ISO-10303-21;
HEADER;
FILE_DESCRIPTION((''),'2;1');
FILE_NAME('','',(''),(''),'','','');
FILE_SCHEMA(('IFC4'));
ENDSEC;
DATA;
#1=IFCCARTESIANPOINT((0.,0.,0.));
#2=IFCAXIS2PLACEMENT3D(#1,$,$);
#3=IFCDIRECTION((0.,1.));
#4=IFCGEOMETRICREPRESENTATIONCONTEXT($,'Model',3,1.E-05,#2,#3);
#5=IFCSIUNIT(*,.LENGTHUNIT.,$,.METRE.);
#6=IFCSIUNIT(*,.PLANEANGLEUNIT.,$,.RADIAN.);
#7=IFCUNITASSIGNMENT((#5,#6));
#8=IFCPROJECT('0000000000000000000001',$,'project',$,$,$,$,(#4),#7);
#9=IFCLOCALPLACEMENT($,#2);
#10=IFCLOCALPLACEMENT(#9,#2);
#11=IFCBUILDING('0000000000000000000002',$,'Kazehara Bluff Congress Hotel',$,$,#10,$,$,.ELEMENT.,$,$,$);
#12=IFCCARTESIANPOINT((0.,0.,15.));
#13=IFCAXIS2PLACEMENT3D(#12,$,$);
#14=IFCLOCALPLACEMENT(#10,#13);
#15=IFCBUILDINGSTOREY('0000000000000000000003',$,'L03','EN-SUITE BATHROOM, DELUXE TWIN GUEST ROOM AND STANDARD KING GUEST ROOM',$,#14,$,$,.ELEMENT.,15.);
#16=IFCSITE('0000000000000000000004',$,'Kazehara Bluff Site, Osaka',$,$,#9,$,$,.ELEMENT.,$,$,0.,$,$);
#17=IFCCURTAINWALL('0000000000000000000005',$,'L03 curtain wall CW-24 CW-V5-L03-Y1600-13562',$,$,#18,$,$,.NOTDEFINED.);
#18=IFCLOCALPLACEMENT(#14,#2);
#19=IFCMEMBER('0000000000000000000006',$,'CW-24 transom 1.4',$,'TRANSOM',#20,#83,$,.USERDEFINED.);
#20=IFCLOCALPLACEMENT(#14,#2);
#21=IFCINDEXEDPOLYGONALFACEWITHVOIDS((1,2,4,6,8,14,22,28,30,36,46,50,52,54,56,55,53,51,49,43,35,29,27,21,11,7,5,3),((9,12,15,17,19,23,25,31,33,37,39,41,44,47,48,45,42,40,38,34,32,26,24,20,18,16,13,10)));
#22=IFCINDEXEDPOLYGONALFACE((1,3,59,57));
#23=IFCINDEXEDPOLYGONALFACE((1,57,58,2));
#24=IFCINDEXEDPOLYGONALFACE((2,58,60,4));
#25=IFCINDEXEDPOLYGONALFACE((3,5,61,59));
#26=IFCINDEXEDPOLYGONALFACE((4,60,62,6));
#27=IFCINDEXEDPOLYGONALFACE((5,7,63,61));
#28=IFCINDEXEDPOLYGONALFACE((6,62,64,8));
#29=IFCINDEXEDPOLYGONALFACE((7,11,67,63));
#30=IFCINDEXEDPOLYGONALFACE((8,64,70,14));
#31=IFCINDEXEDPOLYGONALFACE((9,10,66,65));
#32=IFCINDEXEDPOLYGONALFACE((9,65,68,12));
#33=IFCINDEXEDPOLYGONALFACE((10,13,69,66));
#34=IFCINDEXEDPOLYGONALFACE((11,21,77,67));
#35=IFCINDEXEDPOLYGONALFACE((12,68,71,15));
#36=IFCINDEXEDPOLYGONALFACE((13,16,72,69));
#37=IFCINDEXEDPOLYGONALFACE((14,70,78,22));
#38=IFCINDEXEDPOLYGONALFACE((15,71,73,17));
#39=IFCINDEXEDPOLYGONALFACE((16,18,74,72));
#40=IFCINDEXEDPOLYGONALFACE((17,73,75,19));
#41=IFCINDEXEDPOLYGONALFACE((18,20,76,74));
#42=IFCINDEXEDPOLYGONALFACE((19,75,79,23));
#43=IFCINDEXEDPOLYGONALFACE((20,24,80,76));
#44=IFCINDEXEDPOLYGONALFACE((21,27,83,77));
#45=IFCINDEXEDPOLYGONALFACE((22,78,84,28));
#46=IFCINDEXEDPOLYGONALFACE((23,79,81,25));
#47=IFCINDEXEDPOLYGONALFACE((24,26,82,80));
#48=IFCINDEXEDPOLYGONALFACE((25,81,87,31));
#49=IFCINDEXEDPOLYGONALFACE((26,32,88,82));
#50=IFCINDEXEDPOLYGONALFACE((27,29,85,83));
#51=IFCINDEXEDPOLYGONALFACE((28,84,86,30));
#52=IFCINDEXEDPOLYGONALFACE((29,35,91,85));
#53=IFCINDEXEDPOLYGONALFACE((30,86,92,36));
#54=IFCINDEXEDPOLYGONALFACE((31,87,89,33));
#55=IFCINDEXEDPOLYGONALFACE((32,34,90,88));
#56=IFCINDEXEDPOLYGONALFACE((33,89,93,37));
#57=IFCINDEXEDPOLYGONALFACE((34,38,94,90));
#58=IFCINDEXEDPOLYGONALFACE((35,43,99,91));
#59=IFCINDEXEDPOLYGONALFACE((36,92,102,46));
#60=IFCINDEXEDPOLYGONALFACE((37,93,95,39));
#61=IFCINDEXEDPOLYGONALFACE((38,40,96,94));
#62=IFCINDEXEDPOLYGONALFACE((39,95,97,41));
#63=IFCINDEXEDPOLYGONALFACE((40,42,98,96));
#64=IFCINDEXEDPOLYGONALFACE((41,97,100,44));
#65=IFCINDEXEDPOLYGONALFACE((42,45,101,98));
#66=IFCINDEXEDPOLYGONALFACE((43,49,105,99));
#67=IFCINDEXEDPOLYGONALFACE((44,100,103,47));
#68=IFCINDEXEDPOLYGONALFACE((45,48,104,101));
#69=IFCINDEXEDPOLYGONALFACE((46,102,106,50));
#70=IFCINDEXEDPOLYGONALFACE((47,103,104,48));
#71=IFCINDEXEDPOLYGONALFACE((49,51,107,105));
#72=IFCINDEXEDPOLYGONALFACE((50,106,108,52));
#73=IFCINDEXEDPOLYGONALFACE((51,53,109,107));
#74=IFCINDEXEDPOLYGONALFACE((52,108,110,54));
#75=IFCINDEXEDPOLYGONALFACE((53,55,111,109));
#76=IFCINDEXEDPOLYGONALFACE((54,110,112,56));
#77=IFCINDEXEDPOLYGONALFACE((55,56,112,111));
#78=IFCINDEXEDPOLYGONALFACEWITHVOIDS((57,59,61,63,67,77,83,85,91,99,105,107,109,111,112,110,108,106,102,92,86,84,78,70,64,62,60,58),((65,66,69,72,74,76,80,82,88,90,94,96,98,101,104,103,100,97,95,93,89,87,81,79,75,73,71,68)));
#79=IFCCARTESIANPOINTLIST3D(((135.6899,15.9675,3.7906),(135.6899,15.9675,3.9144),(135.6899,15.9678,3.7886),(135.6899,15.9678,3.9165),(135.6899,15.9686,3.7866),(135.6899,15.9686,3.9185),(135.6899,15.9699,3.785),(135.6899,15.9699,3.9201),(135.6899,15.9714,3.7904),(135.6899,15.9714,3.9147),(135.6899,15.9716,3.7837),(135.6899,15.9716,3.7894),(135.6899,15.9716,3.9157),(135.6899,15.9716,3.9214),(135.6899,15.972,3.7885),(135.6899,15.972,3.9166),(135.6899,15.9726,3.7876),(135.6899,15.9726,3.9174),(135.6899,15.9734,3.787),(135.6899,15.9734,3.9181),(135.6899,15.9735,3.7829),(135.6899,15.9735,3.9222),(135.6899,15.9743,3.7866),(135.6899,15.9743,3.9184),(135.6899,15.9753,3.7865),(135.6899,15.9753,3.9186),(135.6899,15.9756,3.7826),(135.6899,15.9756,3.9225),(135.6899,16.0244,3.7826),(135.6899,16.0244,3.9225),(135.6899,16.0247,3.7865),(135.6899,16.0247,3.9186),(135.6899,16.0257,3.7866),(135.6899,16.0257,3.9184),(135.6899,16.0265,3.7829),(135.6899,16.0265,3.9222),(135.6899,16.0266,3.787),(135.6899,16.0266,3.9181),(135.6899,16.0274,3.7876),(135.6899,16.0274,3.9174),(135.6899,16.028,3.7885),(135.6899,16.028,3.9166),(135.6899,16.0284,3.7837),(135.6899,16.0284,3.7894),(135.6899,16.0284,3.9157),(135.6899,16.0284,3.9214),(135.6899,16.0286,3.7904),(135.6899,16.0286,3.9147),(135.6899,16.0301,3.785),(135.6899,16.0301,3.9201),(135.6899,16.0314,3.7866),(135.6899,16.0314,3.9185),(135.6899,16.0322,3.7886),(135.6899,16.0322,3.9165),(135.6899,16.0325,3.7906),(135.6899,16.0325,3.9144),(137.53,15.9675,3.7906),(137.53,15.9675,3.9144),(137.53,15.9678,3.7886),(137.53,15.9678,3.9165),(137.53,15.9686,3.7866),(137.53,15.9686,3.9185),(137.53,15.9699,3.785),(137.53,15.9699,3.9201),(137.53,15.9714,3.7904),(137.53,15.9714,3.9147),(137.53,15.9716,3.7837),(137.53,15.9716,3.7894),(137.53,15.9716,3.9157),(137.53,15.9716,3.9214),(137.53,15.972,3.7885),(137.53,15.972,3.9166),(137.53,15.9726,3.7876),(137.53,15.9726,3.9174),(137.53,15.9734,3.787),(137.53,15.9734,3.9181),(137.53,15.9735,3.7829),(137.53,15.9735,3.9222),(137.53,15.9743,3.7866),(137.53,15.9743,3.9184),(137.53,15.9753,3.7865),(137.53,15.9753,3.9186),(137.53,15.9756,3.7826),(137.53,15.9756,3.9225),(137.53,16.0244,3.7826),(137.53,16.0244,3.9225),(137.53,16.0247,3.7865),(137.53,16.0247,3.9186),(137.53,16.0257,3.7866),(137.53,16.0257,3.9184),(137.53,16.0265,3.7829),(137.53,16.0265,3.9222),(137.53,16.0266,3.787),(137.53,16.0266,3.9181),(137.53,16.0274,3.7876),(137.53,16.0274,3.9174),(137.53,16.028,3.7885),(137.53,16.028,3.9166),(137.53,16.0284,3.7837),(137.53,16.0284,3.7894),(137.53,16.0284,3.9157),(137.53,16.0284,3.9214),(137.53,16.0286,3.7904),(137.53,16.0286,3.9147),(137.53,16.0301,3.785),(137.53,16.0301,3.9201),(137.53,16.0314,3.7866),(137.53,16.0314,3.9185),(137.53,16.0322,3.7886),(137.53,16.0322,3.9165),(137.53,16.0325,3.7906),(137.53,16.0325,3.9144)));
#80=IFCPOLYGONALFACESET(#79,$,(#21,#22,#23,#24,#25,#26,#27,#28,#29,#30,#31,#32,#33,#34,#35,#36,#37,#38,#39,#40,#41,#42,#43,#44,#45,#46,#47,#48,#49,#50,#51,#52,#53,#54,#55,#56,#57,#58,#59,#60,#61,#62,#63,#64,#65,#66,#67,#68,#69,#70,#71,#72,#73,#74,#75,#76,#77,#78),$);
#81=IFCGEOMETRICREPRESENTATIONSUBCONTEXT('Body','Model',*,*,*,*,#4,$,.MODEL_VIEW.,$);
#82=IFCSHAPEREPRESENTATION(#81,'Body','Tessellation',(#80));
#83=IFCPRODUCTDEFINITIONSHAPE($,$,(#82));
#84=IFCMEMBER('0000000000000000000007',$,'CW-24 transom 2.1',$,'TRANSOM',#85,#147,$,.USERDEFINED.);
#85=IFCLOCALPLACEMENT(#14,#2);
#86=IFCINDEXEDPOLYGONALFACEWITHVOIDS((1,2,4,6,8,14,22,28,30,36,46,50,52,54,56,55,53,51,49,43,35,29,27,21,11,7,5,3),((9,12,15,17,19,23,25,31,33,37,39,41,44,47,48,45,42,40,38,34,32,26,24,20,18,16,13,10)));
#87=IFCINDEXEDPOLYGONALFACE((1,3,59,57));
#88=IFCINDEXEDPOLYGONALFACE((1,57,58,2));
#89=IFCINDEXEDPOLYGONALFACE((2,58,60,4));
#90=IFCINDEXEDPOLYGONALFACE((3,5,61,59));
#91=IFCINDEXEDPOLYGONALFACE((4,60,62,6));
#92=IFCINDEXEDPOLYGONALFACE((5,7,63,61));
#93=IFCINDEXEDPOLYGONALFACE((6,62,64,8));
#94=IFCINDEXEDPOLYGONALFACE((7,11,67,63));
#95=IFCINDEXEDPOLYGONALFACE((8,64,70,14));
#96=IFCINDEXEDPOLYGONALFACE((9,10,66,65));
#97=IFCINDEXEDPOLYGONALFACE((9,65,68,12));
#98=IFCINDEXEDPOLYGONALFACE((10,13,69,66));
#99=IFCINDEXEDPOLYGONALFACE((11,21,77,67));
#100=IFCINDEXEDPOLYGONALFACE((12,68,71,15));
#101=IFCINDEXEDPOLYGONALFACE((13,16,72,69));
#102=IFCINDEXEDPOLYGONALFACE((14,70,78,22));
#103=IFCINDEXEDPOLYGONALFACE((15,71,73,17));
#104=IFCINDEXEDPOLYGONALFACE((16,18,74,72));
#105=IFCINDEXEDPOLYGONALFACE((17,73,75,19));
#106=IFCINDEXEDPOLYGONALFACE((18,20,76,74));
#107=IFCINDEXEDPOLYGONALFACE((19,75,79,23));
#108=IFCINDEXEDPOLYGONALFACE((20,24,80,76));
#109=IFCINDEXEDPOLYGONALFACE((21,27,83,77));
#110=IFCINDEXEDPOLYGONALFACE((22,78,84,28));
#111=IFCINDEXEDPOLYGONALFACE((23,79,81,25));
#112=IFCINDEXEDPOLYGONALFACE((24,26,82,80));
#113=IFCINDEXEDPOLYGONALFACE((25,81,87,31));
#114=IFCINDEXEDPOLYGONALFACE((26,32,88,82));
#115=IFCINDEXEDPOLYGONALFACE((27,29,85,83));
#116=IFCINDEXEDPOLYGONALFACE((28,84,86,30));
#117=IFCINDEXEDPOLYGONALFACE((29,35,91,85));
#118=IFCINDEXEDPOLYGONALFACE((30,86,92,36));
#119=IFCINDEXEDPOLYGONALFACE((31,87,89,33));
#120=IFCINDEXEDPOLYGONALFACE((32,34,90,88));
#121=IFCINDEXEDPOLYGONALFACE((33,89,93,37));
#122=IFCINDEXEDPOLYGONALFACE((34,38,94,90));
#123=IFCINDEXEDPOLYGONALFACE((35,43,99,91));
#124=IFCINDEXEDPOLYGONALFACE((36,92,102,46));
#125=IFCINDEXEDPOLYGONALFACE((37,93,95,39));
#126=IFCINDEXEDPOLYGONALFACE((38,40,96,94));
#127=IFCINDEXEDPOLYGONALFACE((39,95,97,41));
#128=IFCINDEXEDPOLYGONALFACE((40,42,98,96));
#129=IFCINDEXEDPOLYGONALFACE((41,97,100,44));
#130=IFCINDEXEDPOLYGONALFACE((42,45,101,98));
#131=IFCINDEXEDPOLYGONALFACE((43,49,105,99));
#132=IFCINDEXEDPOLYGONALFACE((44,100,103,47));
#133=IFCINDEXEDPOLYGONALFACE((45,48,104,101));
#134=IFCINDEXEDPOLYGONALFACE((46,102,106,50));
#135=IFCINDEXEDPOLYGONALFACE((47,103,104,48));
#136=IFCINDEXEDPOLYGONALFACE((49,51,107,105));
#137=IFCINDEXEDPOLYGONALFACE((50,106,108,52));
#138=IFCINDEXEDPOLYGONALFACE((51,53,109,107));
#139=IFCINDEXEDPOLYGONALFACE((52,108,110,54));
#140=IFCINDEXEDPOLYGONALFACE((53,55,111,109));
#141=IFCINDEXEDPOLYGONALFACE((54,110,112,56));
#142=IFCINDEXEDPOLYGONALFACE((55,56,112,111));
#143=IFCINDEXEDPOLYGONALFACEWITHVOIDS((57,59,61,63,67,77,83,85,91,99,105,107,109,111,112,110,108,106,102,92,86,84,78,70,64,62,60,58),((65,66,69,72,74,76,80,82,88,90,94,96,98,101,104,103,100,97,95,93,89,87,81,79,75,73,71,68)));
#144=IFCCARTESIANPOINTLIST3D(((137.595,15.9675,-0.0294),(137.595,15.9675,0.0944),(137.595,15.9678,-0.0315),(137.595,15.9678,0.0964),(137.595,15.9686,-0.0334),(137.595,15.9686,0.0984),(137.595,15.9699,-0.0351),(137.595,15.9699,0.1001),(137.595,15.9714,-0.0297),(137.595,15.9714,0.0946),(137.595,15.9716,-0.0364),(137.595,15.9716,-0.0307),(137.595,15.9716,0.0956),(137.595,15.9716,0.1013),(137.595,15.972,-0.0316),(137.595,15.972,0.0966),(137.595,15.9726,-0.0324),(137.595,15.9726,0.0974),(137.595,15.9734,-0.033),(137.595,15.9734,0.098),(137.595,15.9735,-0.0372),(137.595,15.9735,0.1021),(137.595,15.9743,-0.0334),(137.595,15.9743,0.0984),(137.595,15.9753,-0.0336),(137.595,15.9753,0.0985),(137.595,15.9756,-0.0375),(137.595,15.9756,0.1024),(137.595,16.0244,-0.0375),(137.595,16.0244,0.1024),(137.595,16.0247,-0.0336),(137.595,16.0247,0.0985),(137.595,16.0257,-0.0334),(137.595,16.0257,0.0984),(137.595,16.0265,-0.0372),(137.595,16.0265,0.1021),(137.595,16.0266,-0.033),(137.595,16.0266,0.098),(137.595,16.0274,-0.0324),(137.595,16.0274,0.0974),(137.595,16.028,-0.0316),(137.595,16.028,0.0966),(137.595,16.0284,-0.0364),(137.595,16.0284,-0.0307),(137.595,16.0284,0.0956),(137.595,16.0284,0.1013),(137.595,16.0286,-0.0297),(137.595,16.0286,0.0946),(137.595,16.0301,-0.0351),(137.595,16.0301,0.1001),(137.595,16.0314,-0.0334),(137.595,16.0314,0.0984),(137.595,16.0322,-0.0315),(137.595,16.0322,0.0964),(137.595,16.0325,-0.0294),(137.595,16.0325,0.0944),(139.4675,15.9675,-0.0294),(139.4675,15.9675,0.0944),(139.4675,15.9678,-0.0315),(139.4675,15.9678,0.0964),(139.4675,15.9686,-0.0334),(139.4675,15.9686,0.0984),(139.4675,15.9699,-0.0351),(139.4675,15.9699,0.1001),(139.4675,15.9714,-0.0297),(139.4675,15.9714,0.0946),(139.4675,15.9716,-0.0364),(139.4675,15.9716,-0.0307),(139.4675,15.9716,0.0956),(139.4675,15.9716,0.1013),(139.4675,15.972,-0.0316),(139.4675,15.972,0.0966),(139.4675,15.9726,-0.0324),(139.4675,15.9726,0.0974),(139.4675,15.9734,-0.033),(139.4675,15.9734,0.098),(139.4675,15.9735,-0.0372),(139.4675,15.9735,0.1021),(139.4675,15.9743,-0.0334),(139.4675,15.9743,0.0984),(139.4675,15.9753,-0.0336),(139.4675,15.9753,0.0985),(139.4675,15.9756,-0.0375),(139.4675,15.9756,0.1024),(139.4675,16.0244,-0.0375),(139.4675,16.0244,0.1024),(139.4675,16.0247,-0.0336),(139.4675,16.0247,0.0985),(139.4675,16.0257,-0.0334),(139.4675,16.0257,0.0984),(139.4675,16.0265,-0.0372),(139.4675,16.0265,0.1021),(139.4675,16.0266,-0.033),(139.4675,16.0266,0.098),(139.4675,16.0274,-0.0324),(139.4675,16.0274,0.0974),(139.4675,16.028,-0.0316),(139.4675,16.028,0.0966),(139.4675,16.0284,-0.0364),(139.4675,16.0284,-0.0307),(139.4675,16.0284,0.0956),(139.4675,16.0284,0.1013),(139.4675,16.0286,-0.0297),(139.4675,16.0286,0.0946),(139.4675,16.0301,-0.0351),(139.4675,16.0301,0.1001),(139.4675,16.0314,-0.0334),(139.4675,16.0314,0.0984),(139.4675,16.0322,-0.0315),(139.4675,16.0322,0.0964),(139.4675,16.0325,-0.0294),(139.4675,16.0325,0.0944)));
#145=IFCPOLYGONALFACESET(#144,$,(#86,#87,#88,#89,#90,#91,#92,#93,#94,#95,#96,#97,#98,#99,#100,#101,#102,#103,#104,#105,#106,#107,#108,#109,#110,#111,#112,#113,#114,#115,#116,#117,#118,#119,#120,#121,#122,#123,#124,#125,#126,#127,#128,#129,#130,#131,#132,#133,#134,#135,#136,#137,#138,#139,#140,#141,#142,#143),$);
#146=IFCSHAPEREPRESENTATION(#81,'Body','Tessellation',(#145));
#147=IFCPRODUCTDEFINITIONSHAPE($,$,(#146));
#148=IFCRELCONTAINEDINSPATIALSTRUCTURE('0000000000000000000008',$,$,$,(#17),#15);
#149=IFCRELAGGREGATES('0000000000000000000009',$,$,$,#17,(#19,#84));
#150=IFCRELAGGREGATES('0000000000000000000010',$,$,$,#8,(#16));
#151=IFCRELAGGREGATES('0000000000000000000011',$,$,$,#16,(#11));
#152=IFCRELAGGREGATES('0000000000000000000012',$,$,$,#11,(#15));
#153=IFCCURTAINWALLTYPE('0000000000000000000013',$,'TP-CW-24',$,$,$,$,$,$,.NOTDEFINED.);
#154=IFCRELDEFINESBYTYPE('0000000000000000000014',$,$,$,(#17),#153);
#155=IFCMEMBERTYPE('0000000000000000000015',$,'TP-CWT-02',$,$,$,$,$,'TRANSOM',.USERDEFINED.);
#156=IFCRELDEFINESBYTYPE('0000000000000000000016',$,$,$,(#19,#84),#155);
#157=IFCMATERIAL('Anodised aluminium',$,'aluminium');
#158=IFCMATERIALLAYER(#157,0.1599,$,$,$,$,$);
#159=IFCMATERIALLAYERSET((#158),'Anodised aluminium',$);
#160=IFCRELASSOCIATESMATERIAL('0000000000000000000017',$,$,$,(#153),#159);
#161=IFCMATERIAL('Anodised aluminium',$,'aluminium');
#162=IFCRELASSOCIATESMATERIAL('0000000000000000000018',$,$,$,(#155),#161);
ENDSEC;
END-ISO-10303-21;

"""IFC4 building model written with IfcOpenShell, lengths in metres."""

from ifc_helpers import new_model, si_unit, direction, frame, origin, origin_2d, place, context, subcontext, project, spatial, hollow_rectangle, extrude, material, layer, layer_set, material_profile, profile_set, type_object, element, aggregate, save


model = new_model("IFC4")

# Units and contexts
model_context = context("Model", 3, precision=1e-05, world=origin(), true_north=direction((0.0, 1.0)))
body_context = subcontext(model_context, "Body", "Model", "MODEL_VIEW")
ifc_project = project(units=[si_unit("LENGTHUNIT", "METRE"), si_unit("PLANEANGLEUNIT", "RADIAN")], contexts=[model_context])

# Site, building, storey
site_placement = place(None, origin())
site = spatial("IfcSite", under=ifc_project, at=site_placement, Name="Kazehara Bluff Site, Osaka", CompositionType="ELEMENT", RefElevation=0.0)
building_placement = place(site_placement, origin())
building = spatial("IfcBuilding", under=site, at=building_placement, Name="Kazehara Bluff Congress Hotel", CompositionType="ELEMENT")
storey_placement = place(building_placement, frame((0.0, 0.0, 15.0)))
storey = spatial("IfcBuildingStorey", under=building, at=storey_placement, Name="L03", Description="EN-SUITE BATHROOM, DELUXE TWIN GUEST ROOM AND STANDARD KING GUEST ROOM", CompositionType="ELEMENT", Elevation=15.0)

# Shared definitions
ifc_material_1 = material(Name="Anodised aluminium", Category="aluminium")
ifc_layer_1 = layer(ifc_material_1, 0.1599)
ifc_layer_set_1 = layer_set([ifc_layer_1], Name="Anodised aluminium")
curtain_wall_type = type_object("IfcCurtainWallType", Name="TP-CW-24", PredefinedType="NOTDEFINED", material=ifc_layer_set_1)

# Curtain wall
curtain_wall_1_placement = place(storey_placement, origin())
curtain_wall_1 = element("IfcCurtainWall", 1, at=curtain_wall_1_placement, inside=storey, type_object=curtain_wall_type, Name="L03 curtain wall CW-24 CW-V5-L03-Y1600-13562", PredefinedType="NOTDEFINED")

# Members
ifc_material_2 = material(Name="Anodised aluminium", Category="aluminium")
ifc_material_profile_1 = material_profile(ifc_material_2, hollow_rectangle(XDim=0.0649, YDim=0.1399, WallThickness=0.0039, InnerFilletRadius=0.0039, OuterFilletRadius=0.0081, at=origin_2d()))
ifc_profile_set_1 = profile_set([ifc_material_profile_1], Name="Anodised aluminium")
member_type_1 = type_object("IfcMemberType", Name="TP-CWT-02", ElementType="TRANSOM", PredefinedType="USERDEFINED", material=ifc_profile_set_1)
member_1_placement = place(storey_placement, frame((135.6899, 16.0, 3.8525), z_axis=(1.0, 0.0, 0.0), x_axis=(0.0, 1.0, 0.0)))
member_1 = element("IfcMember", 2, at=member_1_placement, type_object=member_type_1, Name="CW-24 transom 1.4", ObjectType="TRANSOM", PredefinedType="USERDEFINED", context=body_context, shape_type="SweptSolid", body=[
    extrude(hollow_rectangle(XDim=0.0649, YDim=0.1399, WallThickness=0.0039, InnerFilletRadius=0.0039, OuterFilletRadius=0.0081, at=origin_2d()), origin(), (0.0, 0.0, 1.0), 1.8401),
])
member_2_placement = place(storey_placement, frame((137.595, 16.0, 0.0325), z_axis=(1.0, 0.0, 0.0), x_axis=(0.0, 1.0, 0.0)))
member_2 = element("IfcMember", 3, at=member_2_placement, type_object=member_type_1, Name="CW-24 transom 2.1", ObjectType="TRANSOM", PredefinedType="USERDEFINED", context=body_context, shape_type="SweptSolid", body=[
    extrude(hollow_rectangle(XDim=0.0649, YDim=0.1399, WallThickness=0.0039, InnerFilletRadius=0.0039, OuterFilletRadius=0.0081, at=origin_2d()), origin(), (0.0, 0.0, 1.0), 1.8726),
])

aggregate(curtain_wall_1, [member_1, member_2])

save(model, "model.ifc")
